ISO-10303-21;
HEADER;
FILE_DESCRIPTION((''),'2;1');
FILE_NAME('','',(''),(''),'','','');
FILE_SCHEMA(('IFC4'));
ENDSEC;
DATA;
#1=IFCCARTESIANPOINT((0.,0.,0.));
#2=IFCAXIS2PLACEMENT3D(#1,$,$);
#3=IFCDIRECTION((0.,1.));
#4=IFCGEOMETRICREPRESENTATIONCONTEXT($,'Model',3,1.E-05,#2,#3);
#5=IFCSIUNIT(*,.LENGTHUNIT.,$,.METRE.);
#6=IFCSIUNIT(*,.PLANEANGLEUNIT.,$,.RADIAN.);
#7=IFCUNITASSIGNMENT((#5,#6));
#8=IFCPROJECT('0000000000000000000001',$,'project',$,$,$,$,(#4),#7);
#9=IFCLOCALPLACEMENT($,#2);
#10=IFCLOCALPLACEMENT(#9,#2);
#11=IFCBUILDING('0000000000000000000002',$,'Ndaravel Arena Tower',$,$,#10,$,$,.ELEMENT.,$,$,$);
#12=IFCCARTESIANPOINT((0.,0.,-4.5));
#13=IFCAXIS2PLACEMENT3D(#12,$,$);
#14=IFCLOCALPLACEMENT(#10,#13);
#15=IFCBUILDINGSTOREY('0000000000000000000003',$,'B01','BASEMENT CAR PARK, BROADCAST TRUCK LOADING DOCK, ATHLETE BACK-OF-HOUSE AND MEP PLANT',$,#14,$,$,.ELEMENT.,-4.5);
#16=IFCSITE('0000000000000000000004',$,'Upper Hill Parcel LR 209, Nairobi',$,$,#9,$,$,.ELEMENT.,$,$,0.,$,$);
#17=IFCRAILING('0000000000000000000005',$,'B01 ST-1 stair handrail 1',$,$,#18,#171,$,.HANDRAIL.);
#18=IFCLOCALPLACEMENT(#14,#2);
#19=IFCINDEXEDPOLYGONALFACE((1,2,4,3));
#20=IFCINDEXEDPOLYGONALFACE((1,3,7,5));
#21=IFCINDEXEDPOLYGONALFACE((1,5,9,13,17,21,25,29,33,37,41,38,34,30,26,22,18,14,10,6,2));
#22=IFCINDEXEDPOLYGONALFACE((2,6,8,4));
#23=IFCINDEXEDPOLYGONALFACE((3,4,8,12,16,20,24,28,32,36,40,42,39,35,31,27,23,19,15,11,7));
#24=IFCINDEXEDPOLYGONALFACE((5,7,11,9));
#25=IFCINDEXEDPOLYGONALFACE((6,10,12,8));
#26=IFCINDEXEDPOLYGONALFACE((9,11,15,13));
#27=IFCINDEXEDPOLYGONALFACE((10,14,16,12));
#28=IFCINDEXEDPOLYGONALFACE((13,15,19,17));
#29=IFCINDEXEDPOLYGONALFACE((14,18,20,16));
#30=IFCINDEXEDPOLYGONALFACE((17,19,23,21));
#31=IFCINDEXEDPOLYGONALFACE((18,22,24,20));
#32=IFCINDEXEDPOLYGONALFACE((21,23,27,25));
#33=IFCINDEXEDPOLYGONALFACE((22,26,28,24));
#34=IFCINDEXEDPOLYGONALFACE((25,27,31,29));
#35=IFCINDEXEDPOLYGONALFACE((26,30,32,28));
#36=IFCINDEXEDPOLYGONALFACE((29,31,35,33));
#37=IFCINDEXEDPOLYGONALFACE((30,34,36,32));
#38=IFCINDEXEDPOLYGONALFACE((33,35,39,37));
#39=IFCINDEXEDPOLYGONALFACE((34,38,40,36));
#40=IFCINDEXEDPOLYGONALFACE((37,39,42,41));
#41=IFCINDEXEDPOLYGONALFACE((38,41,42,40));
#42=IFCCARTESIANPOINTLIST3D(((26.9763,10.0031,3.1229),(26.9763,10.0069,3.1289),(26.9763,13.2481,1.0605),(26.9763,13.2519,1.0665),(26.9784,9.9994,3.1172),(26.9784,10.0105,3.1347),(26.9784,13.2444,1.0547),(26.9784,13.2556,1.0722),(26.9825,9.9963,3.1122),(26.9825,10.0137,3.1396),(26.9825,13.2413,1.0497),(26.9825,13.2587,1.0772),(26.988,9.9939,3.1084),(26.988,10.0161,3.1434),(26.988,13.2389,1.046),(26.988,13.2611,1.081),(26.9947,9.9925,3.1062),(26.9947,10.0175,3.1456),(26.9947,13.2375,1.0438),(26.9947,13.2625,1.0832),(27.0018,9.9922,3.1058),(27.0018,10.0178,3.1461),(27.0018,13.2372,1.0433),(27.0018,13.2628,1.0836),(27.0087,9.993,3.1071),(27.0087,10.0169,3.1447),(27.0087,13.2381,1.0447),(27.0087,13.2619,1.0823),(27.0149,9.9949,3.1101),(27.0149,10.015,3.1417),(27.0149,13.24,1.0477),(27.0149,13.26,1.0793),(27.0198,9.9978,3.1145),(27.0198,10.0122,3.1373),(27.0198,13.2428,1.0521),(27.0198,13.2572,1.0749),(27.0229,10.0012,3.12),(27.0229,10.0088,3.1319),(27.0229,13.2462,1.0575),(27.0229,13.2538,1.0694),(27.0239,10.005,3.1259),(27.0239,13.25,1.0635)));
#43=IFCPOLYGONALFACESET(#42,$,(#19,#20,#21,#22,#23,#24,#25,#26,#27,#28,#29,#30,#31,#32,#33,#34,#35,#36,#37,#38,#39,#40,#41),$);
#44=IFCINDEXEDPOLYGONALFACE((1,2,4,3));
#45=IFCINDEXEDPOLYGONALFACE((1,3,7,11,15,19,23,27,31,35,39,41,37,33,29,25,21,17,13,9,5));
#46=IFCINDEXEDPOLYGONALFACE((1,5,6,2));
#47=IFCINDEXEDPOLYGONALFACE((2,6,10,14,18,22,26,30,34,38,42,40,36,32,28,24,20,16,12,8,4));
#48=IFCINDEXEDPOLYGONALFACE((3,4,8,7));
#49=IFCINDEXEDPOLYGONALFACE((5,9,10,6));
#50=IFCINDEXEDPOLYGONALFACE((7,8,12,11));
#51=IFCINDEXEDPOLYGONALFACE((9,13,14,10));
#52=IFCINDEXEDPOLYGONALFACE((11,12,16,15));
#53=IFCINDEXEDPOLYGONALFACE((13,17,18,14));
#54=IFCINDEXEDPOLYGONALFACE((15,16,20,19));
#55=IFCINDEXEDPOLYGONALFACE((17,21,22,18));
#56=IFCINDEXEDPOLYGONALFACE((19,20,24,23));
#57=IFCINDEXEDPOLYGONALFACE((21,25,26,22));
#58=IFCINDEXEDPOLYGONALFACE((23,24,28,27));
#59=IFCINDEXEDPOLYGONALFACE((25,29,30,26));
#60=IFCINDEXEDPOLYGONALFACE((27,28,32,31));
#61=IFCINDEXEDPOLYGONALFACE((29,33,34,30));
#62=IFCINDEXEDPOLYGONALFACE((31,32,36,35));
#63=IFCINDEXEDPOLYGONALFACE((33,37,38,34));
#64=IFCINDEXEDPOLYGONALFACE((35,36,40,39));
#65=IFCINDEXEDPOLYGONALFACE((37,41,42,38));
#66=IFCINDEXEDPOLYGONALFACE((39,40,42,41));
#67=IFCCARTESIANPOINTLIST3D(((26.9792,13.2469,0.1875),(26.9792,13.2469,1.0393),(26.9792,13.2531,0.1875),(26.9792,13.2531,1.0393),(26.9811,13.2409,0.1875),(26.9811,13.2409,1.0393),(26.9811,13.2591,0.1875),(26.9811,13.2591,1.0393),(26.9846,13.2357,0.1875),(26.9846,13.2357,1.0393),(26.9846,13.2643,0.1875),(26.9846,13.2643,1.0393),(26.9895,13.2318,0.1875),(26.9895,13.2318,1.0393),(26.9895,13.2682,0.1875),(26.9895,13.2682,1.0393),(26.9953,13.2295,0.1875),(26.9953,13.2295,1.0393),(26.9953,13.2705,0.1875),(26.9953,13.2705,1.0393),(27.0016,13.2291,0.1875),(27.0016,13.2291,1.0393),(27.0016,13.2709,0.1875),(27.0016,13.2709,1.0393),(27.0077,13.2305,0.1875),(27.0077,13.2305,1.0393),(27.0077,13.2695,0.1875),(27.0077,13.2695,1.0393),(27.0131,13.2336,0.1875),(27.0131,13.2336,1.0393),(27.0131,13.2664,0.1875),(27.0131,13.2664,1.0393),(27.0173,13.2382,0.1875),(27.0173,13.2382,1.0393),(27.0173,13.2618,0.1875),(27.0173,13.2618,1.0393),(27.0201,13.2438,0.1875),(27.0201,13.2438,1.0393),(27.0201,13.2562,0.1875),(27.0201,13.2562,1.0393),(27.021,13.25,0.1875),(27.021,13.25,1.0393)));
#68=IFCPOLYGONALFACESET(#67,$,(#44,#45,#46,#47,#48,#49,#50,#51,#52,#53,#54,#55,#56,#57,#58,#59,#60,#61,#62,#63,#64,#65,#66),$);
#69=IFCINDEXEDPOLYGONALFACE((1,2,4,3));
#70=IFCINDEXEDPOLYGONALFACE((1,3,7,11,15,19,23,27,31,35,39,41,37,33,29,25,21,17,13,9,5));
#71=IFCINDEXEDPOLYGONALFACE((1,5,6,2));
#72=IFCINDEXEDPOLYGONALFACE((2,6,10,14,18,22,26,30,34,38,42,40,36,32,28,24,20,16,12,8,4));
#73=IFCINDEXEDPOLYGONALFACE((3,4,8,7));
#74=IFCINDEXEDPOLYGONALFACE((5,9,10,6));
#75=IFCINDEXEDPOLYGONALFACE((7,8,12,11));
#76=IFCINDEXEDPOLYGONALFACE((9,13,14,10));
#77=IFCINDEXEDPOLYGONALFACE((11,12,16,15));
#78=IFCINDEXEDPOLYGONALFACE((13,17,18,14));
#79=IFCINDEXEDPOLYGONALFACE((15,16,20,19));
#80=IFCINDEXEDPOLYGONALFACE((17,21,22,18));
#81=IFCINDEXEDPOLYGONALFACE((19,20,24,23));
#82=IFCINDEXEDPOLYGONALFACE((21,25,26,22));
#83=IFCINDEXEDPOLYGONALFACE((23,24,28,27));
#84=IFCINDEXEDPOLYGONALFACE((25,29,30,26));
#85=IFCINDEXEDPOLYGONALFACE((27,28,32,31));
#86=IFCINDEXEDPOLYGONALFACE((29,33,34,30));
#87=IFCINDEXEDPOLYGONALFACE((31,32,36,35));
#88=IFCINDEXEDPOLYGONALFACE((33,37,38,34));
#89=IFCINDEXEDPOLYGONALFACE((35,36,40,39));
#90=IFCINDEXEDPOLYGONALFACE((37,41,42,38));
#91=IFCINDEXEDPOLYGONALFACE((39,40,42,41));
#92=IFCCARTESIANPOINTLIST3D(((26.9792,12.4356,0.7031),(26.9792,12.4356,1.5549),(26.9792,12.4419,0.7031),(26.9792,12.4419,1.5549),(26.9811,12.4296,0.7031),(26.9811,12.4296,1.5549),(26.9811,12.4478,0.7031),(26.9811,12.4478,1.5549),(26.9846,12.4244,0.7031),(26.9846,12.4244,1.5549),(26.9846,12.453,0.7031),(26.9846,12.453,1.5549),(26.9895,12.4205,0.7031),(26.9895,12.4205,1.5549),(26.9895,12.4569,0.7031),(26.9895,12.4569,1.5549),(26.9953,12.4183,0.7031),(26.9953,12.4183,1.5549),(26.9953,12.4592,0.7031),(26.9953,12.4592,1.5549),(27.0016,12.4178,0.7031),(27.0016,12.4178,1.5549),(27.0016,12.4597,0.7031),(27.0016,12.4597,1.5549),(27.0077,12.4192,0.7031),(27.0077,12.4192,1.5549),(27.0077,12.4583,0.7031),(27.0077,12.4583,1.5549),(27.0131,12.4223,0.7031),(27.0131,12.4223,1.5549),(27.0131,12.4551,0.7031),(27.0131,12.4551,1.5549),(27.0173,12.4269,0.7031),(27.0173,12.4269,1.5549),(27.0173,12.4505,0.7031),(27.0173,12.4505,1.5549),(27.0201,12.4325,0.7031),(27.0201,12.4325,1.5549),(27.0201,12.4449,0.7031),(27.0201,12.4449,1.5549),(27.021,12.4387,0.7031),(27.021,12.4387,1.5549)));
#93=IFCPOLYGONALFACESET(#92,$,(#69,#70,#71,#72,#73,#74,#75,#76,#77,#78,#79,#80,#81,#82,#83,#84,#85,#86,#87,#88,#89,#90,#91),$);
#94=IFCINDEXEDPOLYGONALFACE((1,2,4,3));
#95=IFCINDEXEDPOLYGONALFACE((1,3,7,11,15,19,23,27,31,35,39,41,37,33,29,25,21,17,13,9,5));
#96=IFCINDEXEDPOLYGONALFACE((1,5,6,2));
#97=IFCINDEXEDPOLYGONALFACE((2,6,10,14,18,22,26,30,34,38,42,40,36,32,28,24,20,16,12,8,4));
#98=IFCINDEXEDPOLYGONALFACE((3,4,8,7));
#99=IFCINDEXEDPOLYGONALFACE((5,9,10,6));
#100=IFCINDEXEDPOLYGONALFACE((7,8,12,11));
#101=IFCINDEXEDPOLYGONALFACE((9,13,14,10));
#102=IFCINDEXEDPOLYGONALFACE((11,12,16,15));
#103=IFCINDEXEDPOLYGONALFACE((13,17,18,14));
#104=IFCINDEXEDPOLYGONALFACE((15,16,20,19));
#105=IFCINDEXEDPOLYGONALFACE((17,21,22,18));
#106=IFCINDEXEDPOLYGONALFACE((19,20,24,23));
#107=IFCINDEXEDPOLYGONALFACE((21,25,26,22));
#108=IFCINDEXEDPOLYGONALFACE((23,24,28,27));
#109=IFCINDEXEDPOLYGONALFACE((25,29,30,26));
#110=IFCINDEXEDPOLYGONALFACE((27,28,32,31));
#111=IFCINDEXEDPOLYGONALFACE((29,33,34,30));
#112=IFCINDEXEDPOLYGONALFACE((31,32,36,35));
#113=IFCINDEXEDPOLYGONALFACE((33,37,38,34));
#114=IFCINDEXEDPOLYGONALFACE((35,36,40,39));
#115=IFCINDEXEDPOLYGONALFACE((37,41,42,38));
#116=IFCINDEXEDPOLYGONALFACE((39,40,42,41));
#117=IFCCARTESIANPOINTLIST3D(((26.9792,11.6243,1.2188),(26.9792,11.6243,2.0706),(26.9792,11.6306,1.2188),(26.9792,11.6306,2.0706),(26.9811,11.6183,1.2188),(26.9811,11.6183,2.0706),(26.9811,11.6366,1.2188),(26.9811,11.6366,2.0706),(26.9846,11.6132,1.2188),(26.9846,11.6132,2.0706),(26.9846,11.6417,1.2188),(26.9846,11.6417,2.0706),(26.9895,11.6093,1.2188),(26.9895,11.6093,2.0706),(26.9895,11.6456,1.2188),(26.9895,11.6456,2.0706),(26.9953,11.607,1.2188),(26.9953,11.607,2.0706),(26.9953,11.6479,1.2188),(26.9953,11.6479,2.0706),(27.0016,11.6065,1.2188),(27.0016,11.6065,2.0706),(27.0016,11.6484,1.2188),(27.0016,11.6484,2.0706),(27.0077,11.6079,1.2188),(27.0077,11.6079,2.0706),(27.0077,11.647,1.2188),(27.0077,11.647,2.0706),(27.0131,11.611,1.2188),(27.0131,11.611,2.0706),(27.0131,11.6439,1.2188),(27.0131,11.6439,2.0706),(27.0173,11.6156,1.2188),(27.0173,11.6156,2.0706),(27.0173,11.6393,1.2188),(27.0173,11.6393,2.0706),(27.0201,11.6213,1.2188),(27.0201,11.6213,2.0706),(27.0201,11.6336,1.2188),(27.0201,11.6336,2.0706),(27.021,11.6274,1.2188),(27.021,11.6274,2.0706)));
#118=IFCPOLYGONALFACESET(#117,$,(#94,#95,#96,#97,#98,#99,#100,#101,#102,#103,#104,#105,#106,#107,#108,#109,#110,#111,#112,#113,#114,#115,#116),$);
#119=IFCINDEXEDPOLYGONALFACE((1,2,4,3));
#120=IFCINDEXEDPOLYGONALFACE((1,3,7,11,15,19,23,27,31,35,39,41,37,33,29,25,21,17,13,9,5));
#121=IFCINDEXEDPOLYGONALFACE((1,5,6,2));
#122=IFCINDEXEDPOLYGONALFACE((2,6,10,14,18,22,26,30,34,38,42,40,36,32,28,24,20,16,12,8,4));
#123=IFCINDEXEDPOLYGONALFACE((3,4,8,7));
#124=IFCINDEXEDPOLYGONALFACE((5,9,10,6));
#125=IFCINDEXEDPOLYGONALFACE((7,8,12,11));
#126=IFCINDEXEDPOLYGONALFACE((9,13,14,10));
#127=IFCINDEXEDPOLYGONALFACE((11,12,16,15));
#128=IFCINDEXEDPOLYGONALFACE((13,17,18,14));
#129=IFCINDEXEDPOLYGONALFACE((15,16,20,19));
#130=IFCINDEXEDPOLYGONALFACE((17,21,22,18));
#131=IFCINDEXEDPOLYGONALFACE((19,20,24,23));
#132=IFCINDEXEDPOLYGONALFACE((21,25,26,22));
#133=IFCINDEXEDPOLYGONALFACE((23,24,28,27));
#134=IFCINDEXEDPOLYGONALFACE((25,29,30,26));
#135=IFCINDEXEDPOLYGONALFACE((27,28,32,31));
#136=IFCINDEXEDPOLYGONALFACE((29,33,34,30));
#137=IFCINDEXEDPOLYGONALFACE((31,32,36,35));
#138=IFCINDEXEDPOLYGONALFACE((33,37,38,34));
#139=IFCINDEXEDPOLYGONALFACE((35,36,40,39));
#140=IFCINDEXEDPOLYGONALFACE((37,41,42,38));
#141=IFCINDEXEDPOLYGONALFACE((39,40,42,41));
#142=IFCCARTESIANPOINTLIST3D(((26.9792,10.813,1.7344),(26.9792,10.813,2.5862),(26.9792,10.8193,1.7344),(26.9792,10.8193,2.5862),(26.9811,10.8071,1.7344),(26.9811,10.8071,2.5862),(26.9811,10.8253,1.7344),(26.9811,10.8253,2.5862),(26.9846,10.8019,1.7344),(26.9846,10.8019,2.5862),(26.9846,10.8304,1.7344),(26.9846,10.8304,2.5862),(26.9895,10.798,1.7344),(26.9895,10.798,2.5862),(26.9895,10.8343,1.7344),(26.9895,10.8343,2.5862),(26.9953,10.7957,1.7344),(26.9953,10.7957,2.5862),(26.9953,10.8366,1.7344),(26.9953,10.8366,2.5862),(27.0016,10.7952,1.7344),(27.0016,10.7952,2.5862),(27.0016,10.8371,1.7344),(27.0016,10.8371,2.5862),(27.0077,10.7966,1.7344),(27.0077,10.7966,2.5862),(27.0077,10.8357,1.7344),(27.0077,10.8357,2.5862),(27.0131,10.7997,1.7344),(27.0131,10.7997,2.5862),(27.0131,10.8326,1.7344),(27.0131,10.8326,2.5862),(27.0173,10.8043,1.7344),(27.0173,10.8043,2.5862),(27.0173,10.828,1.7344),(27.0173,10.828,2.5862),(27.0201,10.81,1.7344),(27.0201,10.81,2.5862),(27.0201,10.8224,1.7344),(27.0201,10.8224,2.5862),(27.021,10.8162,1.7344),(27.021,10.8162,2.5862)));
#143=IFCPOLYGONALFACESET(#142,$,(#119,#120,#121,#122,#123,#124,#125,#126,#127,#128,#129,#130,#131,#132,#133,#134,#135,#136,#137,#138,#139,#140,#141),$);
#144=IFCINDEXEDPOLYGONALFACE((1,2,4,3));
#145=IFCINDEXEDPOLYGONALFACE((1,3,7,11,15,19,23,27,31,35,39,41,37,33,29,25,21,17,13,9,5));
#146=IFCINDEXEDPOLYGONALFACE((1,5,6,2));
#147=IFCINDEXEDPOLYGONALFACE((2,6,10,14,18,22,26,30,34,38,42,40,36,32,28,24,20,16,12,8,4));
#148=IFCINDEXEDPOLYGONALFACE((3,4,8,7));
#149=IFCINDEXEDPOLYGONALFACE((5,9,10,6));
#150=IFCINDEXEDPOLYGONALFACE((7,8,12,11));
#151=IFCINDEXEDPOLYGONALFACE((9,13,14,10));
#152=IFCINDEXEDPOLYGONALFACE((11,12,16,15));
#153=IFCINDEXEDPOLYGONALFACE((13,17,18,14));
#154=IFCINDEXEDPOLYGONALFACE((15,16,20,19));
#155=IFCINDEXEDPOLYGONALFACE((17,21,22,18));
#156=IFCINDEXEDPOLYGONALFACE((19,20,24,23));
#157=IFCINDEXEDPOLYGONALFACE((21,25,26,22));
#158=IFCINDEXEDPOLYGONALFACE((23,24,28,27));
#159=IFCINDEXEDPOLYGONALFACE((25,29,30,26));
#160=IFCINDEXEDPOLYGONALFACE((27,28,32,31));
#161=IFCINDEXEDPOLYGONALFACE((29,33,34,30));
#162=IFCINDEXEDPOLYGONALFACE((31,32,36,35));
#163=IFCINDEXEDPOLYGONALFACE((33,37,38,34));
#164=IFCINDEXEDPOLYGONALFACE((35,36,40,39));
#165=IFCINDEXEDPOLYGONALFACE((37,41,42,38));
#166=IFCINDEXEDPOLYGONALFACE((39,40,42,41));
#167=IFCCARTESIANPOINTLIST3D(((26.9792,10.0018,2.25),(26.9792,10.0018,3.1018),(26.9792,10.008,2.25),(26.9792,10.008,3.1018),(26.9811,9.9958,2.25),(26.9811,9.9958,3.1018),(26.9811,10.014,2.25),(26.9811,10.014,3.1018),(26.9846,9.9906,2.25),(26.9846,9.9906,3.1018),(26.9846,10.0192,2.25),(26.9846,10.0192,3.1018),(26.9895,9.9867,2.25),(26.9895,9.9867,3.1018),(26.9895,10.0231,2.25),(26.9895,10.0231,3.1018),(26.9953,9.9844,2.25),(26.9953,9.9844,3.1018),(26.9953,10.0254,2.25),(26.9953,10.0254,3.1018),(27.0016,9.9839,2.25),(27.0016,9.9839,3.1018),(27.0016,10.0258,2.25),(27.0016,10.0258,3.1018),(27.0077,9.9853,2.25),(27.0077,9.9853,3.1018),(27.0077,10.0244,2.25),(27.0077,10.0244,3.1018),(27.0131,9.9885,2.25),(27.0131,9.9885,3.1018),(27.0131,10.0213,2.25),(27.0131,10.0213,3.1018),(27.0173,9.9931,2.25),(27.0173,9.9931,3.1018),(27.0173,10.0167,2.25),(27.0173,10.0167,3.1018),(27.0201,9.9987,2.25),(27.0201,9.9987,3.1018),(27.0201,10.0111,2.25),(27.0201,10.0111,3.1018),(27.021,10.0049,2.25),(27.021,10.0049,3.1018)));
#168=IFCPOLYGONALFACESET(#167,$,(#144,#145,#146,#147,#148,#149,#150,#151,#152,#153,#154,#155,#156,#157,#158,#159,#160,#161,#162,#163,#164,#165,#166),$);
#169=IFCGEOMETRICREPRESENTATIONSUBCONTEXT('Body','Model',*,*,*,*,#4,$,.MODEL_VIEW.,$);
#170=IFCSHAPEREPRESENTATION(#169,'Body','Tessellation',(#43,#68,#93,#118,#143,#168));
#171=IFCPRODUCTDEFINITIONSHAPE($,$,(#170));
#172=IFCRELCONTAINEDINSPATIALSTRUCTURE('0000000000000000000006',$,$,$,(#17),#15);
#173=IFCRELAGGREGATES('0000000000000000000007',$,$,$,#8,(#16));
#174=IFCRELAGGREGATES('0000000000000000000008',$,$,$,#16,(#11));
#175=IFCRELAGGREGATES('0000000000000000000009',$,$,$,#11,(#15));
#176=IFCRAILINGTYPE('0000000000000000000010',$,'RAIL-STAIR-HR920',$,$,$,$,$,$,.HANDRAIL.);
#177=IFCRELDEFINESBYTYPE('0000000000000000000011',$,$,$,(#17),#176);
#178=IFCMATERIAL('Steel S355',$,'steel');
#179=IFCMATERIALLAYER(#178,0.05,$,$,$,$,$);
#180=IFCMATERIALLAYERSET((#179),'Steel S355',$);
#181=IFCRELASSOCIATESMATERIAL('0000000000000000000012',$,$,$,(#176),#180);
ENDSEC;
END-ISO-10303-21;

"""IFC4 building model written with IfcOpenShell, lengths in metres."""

from ifc_helpers import new_model, si_unit, direction, frame, origin, origin_2d, place, context, subcontext, project, spatial, circle, extrude, material, layer, layer_set, type_object, element, save


model = new_model("IFC4")

# Units and contexts
model_context = context("Model", 3, precision=1e-05, world=origin(), true_north=direction((0.0, 1.0)))
body_context = subcontext(model_context, "Body", "Model", "MODEL_VIEW")
ifc_project = project(units=[si_unit("LENGTHUNIT", "METRE"), si_unit("PLANEANGLEUNIT", "RADIAN")], contexts=[model_context])

# Site, building, storey
site_placement = place(None, origin())
site = spatial("IfcSite", under=ifc_project, at=site_placement, Name="Upper Hill Parcel LR 209, Nairobi", CompositionType="ELEMENT", RefElevation=0.0)
building_placement = place(site_placement, origin())
building = spatial("IfcBuilding", under=site, at=building_placement, Name="Ndaravel Arena Tower", CompositionType="ELEMENT")
storey_placement = place(building_placement, frame((0.0, 0.0, -4.5)))
storey = spatial("IfcBuildingStorey", under=building, at=storey_placement, Name="B01", Description="BASEMENT CAR PARK, BROADCAST TRUCK LOADING DOCK, ATHLETE BACK-OF-HOUSE AND MEP PLANT", CompositionType="ELEMENT", Elevation=-4.5)

# Railing
ifc_material_1 = material(Name="Steel S355", Category="steel")
ifc_layer_1 = layer(ifc_material_1, 0.05)
ifc_layer_set_1 = layer_set([ifc_layer_1], Name="Steel S355")
railing_type_1 = type_object("IfcRailingType", Name="RAIL-STAIR-HR920", PredefinedType="HANDRAIL", material=ifc_layer_set_1)
railing_1_placement = place(storey_placement, frame((27.0, 13.25, 0.1875)))
element("IfcRailing", 1, at=railing_1_placement, inside=storey, type_object=railing_type_1, Name="B01 ST-1 stair handrail 1", PredefinedType="HANDRAIL", context=body_context, shape_type="SweptSolid", body=[
    extrude(circle(Radius=0.0239, at=origin_2d()), frame((0.0, 0.0, 0.876), z_axis=(0.0, -0.843965, 0.536399), x_axis=(1.0, 0.0, 0.0)), (0.0, 0.0, 1.0), 3.845),
    extrude(circle(Radius=0.021, at=origin_2d()), origin(), (0.0, 0.0, 1.0), 0.8518),
    extrude(circle(Radius=0.021, at=origin_2d()), frame((0.0, -0.8113, 0.5156)), (0.0, 0.0, 1.0), 0.8518),
    extrude(circle(Radius=0.021, at=origin_2d()), frame((0.0, -1.6226, 1.0312)), (0.0, 0.0, 1.0), 0.8518),
    extrude(circle(Radius=0.021, at=origin_2d()), frame((0.0, -2.4338, 1.5469)), (0.0, 0.0, 1.0), 0.8518),
    extrude(circle(Radius=0.021, at=origin_2d()), frame((0.0, -3.2451, 2.0625)), (0.0, 0.0, 1.0), 0.8518),
])

save(model, "model.ifc")
